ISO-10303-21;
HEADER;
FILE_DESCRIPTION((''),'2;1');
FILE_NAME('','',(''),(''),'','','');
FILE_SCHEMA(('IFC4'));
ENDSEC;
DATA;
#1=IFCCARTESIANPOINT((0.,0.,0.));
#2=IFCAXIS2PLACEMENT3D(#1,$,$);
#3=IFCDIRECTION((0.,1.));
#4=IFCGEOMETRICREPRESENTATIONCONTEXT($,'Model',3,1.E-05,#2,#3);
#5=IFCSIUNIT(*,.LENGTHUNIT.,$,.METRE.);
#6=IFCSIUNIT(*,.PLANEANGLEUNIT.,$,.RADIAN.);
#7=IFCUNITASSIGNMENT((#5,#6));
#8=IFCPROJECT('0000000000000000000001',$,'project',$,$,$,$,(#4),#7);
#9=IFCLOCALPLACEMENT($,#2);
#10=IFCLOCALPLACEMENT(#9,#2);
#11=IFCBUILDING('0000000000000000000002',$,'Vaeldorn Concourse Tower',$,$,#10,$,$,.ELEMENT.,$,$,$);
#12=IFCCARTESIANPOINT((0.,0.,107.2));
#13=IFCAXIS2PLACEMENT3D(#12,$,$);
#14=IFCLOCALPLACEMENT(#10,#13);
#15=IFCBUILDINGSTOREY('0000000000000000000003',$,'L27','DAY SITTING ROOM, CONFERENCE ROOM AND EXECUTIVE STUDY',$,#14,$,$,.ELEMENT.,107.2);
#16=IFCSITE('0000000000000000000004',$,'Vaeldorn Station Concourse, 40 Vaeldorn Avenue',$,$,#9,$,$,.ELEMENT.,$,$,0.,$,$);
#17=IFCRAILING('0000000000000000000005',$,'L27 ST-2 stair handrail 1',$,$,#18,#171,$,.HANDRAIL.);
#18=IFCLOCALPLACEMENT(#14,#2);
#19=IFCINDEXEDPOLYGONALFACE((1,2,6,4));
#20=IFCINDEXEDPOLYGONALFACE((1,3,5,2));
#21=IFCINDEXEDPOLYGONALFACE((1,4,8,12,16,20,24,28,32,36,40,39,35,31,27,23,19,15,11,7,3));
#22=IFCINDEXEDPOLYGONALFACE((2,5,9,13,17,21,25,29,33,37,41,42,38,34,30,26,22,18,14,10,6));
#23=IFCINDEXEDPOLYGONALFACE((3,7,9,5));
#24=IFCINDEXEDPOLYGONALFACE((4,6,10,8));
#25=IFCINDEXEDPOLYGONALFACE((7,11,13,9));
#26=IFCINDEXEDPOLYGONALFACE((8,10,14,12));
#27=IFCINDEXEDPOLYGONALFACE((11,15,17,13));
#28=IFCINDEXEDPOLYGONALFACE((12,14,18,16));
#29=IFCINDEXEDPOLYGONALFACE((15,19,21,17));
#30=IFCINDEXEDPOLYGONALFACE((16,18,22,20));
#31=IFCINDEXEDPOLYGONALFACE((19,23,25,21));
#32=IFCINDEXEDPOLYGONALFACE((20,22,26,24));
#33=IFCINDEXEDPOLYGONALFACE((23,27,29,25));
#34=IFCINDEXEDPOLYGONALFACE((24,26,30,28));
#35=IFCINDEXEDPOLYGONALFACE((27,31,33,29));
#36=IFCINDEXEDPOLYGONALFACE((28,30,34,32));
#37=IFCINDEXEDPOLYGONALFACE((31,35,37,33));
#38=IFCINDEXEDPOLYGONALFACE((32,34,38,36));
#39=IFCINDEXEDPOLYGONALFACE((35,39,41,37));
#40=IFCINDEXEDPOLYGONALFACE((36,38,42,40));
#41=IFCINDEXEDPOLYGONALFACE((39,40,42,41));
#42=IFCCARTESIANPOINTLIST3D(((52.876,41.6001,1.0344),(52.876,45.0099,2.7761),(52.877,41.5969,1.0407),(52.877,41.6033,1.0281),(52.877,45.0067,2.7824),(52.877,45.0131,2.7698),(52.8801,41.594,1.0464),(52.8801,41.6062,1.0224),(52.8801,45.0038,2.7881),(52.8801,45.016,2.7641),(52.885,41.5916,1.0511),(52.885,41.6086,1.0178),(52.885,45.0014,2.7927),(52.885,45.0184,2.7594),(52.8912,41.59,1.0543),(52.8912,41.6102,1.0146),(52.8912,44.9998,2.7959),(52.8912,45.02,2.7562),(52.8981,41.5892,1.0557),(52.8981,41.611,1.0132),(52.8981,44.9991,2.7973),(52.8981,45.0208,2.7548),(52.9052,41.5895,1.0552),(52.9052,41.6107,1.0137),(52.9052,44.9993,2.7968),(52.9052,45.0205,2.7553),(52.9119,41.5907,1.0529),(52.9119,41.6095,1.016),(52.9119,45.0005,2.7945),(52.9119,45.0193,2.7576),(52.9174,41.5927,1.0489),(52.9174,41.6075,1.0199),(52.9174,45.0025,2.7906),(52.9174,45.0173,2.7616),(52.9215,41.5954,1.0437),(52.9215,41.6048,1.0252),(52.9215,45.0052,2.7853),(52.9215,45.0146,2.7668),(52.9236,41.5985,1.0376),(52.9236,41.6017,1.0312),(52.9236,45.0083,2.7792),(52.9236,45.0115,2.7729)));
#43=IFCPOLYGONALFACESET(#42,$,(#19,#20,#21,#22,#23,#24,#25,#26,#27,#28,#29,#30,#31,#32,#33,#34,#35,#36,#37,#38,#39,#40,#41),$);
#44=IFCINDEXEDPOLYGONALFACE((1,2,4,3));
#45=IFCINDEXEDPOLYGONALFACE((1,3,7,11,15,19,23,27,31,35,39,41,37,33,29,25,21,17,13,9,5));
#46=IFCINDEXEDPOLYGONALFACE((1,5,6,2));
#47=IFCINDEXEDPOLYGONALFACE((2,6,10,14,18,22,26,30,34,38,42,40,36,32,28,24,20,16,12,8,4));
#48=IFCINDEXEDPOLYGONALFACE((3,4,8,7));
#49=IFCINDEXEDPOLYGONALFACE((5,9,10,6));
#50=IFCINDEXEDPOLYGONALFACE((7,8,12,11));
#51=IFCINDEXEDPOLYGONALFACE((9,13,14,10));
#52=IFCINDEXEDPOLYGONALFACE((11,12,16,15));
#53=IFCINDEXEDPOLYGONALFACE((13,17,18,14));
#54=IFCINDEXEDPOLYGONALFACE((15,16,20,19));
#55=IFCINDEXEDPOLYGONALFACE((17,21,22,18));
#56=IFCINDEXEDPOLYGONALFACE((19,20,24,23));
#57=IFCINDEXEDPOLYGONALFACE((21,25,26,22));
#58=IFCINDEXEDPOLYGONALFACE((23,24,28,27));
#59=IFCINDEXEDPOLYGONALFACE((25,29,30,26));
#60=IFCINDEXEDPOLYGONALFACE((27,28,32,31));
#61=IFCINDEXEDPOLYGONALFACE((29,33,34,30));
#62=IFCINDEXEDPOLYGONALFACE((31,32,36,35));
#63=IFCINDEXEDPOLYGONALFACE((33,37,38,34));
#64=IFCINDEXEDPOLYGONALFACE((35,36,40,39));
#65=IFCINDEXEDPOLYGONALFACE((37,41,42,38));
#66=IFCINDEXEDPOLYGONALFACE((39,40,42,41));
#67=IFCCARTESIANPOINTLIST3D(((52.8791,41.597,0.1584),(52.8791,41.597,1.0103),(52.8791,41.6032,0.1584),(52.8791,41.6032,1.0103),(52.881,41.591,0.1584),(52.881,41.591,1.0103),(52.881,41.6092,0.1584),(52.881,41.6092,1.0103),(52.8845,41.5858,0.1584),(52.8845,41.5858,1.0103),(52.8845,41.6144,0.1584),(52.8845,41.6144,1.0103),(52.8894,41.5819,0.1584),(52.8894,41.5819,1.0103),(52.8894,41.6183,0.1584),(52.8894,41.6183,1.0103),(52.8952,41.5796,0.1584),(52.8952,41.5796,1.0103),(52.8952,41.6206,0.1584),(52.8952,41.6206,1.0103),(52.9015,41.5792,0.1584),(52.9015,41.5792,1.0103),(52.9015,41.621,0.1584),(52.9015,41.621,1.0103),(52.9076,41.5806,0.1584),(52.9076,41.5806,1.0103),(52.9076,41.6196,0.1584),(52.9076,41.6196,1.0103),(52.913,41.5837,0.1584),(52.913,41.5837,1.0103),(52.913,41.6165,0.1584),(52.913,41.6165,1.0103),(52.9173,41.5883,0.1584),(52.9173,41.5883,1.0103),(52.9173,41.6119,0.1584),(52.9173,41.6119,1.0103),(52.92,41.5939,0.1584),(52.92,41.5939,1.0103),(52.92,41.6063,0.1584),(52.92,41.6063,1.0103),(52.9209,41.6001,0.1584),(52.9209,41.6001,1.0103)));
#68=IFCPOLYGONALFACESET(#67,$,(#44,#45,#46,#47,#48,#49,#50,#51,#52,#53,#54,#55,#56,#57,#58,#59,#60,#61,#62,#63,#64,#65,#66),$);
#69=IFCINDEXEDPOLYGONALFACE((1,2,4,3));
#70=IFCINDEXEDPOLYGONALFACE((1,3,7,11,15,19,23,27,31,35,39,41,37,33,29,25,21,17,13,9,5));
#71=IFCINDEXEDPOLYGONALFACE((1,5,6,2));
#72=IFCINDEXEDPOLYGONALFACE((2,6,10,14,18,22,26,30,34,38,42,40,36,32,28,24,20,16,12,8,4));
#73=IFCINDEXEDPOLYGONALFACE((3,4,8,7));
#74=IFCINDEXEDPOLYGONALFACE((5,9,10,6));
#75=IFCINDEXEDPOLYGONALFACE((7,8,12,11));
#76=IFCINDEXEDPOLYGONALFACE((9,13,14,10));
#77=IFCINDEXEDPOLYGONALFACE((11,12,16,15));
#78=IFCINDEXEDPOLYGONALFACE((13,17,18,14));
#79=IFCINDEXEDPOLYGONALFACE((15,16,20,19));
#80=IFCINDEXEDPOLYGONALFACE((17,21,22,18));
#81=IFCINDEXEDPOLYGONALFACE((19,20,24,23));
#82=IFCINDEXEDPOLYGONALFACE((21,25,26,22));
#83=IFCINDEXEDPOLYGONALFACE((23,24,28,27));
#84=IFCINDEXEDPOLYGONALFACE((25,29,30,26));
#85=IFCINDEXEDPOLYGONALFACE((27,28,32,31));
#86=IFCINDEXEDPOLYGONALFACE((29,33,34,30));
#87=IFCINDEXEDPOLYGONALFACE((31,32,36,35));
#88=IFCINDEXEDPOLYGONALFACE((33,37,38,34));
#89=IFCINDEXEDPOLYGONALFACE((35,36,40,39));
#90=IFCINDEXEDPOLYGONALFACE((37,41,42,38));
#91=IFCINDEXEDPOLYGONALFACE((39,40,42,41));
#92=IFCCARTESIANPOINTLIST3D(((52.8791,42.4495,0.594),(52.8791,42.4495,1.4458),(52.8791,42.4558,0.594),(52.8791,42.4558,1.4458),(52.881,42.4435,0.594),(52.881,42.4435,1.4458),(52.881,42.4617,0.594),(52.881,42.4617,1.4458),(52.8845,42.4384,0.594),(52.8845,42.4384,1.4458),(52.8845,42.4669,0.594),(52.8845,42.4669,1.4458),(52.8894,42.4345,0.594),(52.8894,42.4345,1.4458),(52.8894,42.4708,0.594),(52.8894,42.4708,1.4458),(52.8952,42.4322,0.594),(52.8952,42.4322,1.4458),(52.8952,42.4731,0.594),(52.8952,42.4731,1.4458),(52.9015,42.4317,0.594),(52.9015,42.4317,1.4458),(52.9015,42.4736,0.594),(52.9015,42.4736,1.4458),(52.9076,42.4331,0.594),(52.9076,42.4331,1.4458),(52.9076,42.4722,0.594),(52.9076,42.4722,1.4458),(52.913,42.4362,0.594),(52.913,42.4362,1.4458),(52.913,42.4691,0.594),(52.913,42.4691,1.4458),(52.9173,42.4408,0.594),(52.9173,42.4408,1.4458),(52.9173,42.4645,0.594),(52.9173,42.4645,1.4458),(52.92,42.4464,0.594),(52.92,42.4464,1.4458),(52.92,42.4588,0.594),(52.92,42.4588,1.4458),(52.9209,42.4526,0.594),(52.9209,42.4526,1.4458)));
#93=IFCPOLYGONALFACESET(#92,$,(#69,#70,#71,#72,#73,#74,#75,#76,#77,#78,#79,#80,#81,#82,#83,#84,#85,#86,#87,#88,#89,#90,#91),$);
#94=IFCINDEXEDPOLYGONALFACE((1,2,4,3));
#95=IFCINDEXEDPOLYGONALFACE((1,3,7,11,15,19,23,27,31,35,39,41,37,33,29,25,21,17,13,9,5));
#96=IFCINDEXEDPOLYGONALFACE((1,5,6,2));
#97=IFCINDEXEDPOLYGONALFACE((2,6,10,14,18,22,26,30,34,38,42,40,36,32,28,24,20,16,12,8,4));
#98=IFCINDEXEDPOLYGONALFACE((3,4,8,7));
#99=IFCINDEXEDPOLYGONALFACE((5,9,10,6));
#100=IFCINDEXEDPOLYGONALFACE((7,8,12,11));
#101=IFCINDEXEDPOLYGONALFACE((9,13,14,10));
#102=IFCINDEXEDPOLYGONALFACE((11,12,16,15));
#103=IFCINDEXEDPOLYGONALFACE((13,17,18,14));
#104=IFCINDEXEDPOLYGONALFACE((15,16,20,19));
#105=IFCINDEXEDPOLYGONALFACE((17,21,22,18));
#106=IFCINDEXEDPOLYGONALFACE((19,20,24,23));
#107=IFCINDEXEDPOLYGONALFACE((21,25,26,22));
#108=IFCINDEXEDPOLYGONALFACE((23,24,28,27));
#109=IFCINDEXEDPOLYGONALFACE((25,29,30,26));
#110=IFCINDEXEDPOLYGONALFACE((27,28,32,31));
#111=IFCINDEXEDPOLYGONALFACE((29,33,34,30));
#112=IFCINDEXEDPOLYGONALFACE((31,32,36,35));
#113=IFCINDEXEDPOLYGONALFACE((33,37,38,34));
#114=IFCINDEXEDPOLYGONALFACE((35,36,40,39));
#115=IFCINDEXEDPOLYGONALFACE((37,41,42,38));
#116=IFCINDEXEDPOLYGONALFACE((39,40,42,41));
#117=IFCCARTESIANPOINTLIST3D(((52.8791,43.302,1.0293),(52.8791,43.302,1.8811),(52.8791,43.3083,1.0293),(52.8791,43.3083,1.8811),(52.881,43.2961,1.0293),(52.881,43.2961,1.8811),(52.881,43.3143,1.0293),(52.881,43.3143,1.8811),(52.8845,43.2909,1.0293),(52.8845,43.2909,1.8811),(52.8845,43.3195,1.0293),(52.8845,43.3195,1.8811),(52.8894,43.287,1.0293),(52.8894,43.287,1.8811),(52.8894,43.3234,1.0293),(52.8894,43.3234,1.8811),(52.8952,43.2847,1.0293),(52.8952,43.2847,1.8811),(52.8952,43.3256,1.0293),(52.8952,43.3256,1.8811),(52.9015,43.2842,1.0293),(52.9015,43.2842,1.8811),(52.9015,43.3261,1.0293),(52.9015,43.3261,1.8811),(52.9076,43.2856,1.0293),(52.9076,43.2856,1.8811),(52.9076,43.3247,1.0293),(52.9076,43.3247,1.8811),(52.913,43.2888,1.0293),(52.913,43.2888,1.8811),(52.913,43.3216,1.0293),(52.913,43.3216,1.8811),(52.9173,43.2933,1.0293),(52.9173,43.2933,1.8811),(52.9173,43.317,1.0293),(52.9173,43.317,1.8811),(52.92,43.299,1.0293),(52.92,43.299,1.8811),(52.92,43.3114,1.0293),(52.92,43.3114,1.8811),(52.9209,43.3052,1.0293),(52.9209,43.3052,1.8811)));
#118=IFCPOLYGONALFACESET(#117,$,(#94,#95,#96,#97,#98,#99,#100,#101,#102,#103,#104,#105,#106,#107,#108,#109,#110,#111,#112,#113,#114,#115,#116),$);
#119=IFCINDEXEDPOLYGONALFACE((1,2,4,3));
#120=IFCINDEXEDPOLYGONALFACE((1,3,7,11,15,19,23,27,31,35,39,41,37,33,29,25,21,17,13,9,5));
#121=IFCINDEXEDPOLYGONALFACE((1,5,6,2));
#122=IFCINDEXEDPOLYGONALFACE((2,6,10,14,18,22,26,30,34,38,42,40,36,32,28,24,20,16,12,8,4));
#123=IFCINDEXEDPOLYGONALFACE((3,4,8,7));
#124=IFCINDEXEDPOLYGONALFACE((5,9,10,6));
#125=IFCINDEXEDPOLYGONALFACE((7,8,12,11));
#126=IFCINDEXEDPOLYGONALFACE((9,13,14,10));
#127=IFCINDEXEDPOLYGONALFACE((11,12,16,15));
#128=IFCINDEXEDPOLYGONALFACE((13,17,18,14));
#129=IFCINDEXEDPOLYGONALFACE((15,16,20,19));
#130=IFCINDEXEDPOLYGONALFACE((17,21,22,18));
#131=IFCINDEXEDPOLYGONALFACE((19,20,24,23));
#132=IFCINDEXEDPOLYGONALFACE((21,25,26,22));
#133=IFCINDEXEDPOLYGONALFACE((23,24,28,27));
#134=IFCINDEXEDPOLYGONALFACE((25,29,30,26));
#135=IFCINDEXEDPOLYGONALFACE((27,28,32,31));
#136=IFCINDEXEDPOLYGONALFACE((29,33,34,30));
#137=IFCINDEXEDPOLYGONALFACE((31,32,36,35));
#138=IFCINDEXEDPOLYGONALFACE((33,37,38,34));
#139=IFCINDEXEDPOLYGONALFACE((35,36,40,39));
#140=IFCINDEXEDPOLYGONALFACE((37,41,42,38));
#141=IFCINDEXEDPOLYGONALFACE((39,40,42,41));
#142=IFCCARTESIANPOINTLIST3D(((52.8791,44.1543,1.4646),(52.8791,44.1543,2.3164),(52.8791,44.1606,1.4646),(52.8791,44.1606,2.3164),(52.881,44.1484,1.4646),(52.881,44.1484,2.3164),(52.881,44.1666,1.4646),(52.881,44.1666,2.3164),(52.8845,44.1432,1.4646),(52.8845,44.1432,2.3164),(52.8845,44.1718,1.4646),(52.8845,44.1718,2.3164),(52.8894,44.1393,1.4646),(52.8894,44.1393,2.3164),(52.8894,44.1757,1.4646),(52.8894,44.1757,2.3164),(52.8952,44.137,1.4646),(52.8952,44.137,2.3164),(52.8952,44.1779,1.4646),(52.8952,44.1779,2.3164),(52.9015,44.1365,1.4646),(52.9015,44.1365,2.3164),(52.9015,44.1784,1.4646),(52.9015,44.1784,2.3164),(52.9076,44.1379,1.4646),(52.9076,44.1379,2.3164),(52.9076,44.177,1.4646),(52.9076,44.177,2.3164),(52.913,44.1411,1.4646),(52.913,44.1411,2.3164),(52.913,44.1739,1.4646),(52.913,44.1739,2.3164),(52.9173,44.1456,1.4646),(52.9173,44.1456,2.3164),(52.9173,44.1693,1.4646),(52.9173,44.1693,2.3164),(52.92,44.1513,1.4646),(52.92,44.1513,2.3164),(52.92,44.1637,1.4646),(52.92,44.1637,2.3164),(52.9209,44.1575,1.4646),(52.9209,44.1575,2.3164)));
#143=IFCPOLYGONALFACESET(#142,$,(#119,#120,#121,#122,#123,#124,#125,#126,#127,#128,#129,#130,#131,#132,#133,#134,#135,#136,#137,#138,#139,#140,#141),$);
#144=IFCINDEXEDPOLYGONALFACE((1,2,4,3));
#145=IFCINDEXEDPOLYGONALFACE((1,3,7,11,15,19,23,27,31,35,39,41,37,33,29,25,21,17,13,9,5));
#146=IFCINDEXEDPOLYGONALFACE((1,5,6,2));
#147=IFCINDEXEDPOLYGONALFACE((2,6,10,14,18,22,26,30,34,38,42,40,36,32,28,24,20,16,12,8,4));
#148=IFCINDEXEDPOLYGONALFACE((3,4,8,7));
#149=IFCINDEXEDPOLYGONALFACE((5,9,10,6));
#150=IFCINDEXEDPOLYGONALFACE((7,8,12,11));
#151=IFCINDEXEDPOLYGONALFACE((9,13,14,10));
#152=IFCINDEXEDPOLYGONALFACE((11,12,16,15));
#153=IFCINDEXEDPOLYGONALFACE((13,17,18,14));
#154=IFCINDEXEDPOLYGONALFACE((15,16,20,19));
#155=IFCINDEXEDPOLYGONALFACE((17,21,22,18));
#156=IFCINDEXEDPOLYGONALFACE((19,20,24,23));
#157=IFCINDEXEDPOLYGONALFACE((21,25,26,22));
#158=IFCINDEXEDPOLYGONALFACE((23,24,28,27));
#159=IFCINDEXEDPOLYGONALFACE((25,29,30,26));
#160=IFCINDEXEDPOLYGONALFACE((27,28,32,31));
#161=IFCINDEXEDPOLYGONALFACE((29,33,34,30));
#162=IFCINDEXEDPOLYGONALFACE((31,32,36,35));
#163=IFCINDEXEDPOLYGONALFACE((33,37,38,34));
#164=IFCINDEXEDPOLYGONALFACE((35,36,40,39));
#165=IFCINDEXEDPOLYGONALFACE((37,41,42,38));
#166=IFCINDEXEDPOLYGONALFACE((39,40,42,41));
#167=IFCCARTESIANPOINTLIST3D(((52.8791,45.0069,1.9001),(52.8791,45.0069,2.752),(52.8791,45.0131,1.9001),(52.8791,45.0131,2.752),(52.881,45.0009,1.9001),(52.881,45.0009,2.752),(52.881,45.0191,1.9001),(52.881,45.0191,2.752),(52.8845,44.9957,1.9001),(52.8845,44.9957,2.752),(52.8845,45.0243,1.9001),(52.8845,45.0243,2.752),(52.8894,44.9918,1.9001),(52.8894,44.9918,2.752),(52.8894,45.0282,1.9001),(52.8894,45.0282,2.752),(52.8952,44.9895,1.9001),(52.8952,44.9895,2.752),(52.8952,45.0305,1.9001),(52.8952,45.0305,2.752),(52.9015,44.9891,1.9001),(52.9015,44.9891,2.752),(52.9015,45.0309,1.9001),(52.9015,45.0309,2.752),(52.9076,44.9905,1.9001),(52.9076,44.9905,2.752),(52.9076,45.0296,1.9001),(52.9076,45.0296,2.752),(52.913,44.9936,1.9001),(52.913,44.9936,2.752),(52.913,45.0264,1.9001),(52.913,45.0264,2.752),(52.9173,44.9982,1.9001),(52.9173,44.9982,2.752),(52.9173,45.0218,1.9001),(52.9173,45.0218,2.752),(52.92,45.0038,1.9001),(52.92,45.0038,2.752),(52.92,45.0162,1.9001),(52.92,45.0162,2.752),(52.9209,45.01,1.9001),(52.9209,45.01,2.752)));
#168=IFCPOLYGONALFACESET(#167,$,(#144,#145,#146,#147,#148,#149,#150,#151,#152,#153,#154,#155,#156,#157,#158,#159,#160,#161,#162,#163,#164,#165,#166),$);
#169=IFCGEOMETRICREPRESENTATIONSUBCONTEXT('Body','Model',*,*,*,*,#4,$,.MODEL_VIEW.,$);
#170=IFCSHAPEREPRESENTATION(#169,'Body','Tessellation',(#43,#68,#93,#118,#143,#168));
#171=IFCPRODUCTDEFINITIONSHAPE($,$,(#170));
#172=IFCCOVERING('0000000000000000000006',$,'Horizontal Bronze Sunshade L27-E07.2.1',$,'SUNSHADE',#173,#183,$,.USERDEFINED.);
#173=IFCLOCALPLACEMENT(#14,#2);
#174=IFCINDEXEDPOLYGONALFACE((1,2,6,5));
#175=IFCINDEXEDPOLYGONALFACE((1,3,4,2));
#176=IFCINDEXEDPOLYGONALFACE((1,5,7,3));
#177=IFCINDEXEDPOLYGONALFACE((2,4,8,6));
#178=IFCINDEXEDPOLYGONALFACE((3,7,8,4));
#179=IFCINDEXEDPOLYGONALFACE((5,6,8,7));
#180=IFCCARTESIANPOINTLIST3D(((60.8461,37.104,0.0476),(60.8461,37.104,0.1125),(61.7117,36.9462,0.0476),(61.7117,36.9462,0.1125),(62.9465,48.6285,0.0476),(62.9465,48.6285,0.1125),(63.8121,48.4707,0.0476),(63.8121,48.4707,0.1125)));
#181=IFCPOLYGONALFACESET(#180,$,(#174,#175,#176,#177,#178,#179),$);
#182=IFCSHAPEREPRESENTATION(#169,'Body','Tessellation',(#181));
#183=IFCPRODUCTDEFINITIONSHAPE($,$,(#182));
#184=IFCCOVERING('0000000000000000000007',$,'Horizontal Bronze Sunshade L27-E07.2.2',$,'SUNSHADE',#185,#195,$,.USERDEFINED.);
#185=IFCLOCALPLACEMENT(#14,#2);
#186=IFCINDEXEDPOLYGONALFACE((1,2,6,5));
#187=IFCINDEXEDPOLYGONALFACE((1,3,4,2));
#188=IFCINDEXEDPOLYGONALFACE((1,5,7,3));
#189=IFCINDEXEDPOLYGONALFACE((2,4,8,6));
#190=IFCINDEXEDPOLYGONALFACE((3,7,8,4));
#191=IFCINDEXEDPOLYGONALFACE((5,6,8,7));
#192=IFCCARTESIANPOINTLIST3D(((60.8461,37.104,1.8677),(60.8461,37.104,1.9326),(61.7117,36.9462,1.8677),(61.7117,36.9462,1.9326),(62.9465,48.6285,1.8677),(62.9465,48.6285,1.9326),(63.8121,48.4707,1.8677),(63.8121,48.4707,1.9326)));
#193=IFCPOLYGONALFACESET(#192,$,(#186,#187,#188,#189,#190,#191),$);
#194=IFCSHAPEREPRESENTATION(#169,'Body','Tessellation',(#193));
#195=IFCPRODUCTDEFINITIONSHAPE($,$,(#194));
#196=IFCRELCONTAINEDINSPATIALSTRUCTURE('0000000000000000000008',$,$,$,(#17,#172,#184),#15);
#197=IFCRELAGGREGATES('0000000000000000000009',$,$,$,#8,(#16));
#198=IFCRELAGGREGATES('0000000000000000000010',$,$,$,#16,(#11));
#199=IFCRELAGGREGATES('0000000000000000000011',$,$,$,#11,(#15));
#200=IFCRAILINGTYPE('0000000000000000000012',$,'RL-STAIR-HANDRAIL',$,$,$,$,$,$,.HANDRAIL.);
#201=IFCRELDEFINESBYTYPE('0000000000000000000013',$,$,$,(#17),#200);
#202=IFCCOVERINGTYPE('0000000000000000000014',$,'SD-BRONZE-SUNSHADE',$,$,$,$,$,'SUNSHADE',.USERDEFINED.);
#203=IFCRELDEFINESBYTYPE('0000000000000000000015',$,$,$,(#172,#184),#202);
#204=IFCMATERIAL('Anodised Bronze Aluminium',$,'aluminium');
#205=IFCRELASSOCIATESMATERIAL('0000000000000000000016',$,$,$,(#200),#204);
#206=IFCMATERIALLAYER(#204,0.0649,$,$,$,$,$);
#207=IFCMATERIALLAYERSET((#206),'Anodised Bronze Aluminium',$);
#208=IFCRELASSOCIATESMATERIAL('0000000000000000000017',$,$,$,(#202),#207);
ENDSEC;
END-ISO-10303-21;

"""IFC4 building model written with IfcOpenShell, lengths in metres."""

from ifc_helpers import new_model, si_unit, direction, frame, origin, origin_2d, place, context, subcontext, project, spatial, rectangle, circle, extrude, source, transform, mapped, material, layer, layer_set, type_object, element, save


model = new_model("IFC4")

# Units and contexts
model_context = context("Model", 3, precision=1e-05, world=origin(), true_north=direction((0.0, 1.0)))
body_context = subcontext(model_context, "Body", "Model", "MODEL_VIEW")
ifc_project = project(units=[si_unit("LENGTHUNIT", "METRE"), si_unit("PLANEANGLEUNIT", "RADIAN")], contexts=[model_context])

# Site, building, storey
site_placement = place(None, origin())
site = spatial("IfcSite", under=ifc_project, at=site_placement, Name="Vaeldorn Station Concourse, 40 Vaeldorn Avenue", CompositionType="ELEMENT", RefElevation=0.0)
building_placement = place(site_placement, origin())
building = spatial("IfcBuilding", under=site, at=building_placement, Name="Vaeldorn Concourse Tower", CompositionType="ELEMENT")
storey_placement = place(building_placement, frame((0.0, 0.0, 107.2)))
storey = spatial("IfcBuildingStorey", under=building, at=storey_placement, Name="L27", Description="DAY SITTING ROOM, CONFERENCE ROOM AND EXECUTIVE STUDY", CompositionType="ELEMENT", Elevation=107.2)

# Shared definitions
ifc_material_1 = material(Name="Anodised Bronze Aluminium", Category="aluminium")

# Railing
railing_type_1 = type_object("IfcRailingType", Name="RL-STAIR-HANDRAIL", PredefinedType="HANDRAIL", material=ifc_material_1)
railing_1_placement = place(storey_placement, frame((52.8999, 41.6001, 0.1584)))
element("IfcRailing", 1, at=railing_1_placement, inside=storey, type_object=railing_type_1, Name="L27 ST-2 stair handrail 1", PredefinedType="HANDRAIL", context=body_context, shape_type="SweptSolid", body=[
    extrude(circle(Radius=0.0239, at=origin_2d()), frame((0.0, 0.0, 0.876), z_axis=(0.0, 0.890556, 0.454874), x_axis=(-1.0, 0.0, 0.0)), (0.0, 0.0, 1.0), 3.8289),
    extrude(circle(Radius=0.021, at=origin_2d()), origin(), (0.0, 0.0, 1.0), 0.8518),
    extrude(circle(Radius=0.021, at=origin_2d()), frame((0.0, 0.8525, 0.4355)), (0.0, 0.0, 1.0), 0.8518),
    extrude(circle(Radius=0.021, at=origin_2d()), frame((0.0, 1.7051, 0.8708)), (0.0, 0.0, 1.0), 0.8518),
    extrude(circle(Radius=0.021, at=origin_2d()), frame((0.0, 2.5574, 1.3062)), (0.0, 0.0, 1.0), 0.8518),
    extrude(circle(Radius=0.021, at=origin_2d()), frame((0.0, 3.4099, 1.7417)), (0.0, 0.0, 1.0), 0.8518),
])

# Coverings
ifc_layer_1 = layer(ifc_material_1, 0.0649)
ifc_layer_set_1 = layer_set([ifc_layer_1], Name="Anodised Bronze Aluminium")
covering_type = type_object("IfcCoveringType", Name="SD-BRONZE-SUNSHADE", ElementType="SUNSHADE", PredefinedType="USERDEFINED", material=ifc_layer_set_1)
shared_shape_1 = source(origin(), body_context, "Body", "SweptSolid", [
    extrude(rectangle(XDim=11.7144, YDim=0.8799, at=origin_2d()), origin(), (0.0, 0.0, 1.0), 0.0649),
])
for number, where, z_axis, x_axis, name in (
    (2, (62.3291, 42.7874, 0.0476), (0.0, 0.0, 1.0), (0.1793, 0.983794, 0.0), "Horizontal Bronze Sunshade L27-E07.2.1"),
    (3, (62.3291, 42.7874, 1.8677), (0.0, 0.0, 1.0), (0.1793, 0.983794, 0.0), "Horizontal Bronze Sunshade L27-E07.2.2"),
):
    element("IfcCovering", number, at=place(storey_placement, frame(where, z_axis=z_axis, x_axis=x_axis)), inside=storey, type_object=covering_type, Name=name, ObjectType="SUNSHADE", PredefinedType="USERDEFINED", context=body_context, shape_type="MappedRepresentation", body=[
        mapped(shared_shape_1, transform((0.0, 0.0, 0.0), scale=1.0)),
    ])

save(model, "model.ifc")
